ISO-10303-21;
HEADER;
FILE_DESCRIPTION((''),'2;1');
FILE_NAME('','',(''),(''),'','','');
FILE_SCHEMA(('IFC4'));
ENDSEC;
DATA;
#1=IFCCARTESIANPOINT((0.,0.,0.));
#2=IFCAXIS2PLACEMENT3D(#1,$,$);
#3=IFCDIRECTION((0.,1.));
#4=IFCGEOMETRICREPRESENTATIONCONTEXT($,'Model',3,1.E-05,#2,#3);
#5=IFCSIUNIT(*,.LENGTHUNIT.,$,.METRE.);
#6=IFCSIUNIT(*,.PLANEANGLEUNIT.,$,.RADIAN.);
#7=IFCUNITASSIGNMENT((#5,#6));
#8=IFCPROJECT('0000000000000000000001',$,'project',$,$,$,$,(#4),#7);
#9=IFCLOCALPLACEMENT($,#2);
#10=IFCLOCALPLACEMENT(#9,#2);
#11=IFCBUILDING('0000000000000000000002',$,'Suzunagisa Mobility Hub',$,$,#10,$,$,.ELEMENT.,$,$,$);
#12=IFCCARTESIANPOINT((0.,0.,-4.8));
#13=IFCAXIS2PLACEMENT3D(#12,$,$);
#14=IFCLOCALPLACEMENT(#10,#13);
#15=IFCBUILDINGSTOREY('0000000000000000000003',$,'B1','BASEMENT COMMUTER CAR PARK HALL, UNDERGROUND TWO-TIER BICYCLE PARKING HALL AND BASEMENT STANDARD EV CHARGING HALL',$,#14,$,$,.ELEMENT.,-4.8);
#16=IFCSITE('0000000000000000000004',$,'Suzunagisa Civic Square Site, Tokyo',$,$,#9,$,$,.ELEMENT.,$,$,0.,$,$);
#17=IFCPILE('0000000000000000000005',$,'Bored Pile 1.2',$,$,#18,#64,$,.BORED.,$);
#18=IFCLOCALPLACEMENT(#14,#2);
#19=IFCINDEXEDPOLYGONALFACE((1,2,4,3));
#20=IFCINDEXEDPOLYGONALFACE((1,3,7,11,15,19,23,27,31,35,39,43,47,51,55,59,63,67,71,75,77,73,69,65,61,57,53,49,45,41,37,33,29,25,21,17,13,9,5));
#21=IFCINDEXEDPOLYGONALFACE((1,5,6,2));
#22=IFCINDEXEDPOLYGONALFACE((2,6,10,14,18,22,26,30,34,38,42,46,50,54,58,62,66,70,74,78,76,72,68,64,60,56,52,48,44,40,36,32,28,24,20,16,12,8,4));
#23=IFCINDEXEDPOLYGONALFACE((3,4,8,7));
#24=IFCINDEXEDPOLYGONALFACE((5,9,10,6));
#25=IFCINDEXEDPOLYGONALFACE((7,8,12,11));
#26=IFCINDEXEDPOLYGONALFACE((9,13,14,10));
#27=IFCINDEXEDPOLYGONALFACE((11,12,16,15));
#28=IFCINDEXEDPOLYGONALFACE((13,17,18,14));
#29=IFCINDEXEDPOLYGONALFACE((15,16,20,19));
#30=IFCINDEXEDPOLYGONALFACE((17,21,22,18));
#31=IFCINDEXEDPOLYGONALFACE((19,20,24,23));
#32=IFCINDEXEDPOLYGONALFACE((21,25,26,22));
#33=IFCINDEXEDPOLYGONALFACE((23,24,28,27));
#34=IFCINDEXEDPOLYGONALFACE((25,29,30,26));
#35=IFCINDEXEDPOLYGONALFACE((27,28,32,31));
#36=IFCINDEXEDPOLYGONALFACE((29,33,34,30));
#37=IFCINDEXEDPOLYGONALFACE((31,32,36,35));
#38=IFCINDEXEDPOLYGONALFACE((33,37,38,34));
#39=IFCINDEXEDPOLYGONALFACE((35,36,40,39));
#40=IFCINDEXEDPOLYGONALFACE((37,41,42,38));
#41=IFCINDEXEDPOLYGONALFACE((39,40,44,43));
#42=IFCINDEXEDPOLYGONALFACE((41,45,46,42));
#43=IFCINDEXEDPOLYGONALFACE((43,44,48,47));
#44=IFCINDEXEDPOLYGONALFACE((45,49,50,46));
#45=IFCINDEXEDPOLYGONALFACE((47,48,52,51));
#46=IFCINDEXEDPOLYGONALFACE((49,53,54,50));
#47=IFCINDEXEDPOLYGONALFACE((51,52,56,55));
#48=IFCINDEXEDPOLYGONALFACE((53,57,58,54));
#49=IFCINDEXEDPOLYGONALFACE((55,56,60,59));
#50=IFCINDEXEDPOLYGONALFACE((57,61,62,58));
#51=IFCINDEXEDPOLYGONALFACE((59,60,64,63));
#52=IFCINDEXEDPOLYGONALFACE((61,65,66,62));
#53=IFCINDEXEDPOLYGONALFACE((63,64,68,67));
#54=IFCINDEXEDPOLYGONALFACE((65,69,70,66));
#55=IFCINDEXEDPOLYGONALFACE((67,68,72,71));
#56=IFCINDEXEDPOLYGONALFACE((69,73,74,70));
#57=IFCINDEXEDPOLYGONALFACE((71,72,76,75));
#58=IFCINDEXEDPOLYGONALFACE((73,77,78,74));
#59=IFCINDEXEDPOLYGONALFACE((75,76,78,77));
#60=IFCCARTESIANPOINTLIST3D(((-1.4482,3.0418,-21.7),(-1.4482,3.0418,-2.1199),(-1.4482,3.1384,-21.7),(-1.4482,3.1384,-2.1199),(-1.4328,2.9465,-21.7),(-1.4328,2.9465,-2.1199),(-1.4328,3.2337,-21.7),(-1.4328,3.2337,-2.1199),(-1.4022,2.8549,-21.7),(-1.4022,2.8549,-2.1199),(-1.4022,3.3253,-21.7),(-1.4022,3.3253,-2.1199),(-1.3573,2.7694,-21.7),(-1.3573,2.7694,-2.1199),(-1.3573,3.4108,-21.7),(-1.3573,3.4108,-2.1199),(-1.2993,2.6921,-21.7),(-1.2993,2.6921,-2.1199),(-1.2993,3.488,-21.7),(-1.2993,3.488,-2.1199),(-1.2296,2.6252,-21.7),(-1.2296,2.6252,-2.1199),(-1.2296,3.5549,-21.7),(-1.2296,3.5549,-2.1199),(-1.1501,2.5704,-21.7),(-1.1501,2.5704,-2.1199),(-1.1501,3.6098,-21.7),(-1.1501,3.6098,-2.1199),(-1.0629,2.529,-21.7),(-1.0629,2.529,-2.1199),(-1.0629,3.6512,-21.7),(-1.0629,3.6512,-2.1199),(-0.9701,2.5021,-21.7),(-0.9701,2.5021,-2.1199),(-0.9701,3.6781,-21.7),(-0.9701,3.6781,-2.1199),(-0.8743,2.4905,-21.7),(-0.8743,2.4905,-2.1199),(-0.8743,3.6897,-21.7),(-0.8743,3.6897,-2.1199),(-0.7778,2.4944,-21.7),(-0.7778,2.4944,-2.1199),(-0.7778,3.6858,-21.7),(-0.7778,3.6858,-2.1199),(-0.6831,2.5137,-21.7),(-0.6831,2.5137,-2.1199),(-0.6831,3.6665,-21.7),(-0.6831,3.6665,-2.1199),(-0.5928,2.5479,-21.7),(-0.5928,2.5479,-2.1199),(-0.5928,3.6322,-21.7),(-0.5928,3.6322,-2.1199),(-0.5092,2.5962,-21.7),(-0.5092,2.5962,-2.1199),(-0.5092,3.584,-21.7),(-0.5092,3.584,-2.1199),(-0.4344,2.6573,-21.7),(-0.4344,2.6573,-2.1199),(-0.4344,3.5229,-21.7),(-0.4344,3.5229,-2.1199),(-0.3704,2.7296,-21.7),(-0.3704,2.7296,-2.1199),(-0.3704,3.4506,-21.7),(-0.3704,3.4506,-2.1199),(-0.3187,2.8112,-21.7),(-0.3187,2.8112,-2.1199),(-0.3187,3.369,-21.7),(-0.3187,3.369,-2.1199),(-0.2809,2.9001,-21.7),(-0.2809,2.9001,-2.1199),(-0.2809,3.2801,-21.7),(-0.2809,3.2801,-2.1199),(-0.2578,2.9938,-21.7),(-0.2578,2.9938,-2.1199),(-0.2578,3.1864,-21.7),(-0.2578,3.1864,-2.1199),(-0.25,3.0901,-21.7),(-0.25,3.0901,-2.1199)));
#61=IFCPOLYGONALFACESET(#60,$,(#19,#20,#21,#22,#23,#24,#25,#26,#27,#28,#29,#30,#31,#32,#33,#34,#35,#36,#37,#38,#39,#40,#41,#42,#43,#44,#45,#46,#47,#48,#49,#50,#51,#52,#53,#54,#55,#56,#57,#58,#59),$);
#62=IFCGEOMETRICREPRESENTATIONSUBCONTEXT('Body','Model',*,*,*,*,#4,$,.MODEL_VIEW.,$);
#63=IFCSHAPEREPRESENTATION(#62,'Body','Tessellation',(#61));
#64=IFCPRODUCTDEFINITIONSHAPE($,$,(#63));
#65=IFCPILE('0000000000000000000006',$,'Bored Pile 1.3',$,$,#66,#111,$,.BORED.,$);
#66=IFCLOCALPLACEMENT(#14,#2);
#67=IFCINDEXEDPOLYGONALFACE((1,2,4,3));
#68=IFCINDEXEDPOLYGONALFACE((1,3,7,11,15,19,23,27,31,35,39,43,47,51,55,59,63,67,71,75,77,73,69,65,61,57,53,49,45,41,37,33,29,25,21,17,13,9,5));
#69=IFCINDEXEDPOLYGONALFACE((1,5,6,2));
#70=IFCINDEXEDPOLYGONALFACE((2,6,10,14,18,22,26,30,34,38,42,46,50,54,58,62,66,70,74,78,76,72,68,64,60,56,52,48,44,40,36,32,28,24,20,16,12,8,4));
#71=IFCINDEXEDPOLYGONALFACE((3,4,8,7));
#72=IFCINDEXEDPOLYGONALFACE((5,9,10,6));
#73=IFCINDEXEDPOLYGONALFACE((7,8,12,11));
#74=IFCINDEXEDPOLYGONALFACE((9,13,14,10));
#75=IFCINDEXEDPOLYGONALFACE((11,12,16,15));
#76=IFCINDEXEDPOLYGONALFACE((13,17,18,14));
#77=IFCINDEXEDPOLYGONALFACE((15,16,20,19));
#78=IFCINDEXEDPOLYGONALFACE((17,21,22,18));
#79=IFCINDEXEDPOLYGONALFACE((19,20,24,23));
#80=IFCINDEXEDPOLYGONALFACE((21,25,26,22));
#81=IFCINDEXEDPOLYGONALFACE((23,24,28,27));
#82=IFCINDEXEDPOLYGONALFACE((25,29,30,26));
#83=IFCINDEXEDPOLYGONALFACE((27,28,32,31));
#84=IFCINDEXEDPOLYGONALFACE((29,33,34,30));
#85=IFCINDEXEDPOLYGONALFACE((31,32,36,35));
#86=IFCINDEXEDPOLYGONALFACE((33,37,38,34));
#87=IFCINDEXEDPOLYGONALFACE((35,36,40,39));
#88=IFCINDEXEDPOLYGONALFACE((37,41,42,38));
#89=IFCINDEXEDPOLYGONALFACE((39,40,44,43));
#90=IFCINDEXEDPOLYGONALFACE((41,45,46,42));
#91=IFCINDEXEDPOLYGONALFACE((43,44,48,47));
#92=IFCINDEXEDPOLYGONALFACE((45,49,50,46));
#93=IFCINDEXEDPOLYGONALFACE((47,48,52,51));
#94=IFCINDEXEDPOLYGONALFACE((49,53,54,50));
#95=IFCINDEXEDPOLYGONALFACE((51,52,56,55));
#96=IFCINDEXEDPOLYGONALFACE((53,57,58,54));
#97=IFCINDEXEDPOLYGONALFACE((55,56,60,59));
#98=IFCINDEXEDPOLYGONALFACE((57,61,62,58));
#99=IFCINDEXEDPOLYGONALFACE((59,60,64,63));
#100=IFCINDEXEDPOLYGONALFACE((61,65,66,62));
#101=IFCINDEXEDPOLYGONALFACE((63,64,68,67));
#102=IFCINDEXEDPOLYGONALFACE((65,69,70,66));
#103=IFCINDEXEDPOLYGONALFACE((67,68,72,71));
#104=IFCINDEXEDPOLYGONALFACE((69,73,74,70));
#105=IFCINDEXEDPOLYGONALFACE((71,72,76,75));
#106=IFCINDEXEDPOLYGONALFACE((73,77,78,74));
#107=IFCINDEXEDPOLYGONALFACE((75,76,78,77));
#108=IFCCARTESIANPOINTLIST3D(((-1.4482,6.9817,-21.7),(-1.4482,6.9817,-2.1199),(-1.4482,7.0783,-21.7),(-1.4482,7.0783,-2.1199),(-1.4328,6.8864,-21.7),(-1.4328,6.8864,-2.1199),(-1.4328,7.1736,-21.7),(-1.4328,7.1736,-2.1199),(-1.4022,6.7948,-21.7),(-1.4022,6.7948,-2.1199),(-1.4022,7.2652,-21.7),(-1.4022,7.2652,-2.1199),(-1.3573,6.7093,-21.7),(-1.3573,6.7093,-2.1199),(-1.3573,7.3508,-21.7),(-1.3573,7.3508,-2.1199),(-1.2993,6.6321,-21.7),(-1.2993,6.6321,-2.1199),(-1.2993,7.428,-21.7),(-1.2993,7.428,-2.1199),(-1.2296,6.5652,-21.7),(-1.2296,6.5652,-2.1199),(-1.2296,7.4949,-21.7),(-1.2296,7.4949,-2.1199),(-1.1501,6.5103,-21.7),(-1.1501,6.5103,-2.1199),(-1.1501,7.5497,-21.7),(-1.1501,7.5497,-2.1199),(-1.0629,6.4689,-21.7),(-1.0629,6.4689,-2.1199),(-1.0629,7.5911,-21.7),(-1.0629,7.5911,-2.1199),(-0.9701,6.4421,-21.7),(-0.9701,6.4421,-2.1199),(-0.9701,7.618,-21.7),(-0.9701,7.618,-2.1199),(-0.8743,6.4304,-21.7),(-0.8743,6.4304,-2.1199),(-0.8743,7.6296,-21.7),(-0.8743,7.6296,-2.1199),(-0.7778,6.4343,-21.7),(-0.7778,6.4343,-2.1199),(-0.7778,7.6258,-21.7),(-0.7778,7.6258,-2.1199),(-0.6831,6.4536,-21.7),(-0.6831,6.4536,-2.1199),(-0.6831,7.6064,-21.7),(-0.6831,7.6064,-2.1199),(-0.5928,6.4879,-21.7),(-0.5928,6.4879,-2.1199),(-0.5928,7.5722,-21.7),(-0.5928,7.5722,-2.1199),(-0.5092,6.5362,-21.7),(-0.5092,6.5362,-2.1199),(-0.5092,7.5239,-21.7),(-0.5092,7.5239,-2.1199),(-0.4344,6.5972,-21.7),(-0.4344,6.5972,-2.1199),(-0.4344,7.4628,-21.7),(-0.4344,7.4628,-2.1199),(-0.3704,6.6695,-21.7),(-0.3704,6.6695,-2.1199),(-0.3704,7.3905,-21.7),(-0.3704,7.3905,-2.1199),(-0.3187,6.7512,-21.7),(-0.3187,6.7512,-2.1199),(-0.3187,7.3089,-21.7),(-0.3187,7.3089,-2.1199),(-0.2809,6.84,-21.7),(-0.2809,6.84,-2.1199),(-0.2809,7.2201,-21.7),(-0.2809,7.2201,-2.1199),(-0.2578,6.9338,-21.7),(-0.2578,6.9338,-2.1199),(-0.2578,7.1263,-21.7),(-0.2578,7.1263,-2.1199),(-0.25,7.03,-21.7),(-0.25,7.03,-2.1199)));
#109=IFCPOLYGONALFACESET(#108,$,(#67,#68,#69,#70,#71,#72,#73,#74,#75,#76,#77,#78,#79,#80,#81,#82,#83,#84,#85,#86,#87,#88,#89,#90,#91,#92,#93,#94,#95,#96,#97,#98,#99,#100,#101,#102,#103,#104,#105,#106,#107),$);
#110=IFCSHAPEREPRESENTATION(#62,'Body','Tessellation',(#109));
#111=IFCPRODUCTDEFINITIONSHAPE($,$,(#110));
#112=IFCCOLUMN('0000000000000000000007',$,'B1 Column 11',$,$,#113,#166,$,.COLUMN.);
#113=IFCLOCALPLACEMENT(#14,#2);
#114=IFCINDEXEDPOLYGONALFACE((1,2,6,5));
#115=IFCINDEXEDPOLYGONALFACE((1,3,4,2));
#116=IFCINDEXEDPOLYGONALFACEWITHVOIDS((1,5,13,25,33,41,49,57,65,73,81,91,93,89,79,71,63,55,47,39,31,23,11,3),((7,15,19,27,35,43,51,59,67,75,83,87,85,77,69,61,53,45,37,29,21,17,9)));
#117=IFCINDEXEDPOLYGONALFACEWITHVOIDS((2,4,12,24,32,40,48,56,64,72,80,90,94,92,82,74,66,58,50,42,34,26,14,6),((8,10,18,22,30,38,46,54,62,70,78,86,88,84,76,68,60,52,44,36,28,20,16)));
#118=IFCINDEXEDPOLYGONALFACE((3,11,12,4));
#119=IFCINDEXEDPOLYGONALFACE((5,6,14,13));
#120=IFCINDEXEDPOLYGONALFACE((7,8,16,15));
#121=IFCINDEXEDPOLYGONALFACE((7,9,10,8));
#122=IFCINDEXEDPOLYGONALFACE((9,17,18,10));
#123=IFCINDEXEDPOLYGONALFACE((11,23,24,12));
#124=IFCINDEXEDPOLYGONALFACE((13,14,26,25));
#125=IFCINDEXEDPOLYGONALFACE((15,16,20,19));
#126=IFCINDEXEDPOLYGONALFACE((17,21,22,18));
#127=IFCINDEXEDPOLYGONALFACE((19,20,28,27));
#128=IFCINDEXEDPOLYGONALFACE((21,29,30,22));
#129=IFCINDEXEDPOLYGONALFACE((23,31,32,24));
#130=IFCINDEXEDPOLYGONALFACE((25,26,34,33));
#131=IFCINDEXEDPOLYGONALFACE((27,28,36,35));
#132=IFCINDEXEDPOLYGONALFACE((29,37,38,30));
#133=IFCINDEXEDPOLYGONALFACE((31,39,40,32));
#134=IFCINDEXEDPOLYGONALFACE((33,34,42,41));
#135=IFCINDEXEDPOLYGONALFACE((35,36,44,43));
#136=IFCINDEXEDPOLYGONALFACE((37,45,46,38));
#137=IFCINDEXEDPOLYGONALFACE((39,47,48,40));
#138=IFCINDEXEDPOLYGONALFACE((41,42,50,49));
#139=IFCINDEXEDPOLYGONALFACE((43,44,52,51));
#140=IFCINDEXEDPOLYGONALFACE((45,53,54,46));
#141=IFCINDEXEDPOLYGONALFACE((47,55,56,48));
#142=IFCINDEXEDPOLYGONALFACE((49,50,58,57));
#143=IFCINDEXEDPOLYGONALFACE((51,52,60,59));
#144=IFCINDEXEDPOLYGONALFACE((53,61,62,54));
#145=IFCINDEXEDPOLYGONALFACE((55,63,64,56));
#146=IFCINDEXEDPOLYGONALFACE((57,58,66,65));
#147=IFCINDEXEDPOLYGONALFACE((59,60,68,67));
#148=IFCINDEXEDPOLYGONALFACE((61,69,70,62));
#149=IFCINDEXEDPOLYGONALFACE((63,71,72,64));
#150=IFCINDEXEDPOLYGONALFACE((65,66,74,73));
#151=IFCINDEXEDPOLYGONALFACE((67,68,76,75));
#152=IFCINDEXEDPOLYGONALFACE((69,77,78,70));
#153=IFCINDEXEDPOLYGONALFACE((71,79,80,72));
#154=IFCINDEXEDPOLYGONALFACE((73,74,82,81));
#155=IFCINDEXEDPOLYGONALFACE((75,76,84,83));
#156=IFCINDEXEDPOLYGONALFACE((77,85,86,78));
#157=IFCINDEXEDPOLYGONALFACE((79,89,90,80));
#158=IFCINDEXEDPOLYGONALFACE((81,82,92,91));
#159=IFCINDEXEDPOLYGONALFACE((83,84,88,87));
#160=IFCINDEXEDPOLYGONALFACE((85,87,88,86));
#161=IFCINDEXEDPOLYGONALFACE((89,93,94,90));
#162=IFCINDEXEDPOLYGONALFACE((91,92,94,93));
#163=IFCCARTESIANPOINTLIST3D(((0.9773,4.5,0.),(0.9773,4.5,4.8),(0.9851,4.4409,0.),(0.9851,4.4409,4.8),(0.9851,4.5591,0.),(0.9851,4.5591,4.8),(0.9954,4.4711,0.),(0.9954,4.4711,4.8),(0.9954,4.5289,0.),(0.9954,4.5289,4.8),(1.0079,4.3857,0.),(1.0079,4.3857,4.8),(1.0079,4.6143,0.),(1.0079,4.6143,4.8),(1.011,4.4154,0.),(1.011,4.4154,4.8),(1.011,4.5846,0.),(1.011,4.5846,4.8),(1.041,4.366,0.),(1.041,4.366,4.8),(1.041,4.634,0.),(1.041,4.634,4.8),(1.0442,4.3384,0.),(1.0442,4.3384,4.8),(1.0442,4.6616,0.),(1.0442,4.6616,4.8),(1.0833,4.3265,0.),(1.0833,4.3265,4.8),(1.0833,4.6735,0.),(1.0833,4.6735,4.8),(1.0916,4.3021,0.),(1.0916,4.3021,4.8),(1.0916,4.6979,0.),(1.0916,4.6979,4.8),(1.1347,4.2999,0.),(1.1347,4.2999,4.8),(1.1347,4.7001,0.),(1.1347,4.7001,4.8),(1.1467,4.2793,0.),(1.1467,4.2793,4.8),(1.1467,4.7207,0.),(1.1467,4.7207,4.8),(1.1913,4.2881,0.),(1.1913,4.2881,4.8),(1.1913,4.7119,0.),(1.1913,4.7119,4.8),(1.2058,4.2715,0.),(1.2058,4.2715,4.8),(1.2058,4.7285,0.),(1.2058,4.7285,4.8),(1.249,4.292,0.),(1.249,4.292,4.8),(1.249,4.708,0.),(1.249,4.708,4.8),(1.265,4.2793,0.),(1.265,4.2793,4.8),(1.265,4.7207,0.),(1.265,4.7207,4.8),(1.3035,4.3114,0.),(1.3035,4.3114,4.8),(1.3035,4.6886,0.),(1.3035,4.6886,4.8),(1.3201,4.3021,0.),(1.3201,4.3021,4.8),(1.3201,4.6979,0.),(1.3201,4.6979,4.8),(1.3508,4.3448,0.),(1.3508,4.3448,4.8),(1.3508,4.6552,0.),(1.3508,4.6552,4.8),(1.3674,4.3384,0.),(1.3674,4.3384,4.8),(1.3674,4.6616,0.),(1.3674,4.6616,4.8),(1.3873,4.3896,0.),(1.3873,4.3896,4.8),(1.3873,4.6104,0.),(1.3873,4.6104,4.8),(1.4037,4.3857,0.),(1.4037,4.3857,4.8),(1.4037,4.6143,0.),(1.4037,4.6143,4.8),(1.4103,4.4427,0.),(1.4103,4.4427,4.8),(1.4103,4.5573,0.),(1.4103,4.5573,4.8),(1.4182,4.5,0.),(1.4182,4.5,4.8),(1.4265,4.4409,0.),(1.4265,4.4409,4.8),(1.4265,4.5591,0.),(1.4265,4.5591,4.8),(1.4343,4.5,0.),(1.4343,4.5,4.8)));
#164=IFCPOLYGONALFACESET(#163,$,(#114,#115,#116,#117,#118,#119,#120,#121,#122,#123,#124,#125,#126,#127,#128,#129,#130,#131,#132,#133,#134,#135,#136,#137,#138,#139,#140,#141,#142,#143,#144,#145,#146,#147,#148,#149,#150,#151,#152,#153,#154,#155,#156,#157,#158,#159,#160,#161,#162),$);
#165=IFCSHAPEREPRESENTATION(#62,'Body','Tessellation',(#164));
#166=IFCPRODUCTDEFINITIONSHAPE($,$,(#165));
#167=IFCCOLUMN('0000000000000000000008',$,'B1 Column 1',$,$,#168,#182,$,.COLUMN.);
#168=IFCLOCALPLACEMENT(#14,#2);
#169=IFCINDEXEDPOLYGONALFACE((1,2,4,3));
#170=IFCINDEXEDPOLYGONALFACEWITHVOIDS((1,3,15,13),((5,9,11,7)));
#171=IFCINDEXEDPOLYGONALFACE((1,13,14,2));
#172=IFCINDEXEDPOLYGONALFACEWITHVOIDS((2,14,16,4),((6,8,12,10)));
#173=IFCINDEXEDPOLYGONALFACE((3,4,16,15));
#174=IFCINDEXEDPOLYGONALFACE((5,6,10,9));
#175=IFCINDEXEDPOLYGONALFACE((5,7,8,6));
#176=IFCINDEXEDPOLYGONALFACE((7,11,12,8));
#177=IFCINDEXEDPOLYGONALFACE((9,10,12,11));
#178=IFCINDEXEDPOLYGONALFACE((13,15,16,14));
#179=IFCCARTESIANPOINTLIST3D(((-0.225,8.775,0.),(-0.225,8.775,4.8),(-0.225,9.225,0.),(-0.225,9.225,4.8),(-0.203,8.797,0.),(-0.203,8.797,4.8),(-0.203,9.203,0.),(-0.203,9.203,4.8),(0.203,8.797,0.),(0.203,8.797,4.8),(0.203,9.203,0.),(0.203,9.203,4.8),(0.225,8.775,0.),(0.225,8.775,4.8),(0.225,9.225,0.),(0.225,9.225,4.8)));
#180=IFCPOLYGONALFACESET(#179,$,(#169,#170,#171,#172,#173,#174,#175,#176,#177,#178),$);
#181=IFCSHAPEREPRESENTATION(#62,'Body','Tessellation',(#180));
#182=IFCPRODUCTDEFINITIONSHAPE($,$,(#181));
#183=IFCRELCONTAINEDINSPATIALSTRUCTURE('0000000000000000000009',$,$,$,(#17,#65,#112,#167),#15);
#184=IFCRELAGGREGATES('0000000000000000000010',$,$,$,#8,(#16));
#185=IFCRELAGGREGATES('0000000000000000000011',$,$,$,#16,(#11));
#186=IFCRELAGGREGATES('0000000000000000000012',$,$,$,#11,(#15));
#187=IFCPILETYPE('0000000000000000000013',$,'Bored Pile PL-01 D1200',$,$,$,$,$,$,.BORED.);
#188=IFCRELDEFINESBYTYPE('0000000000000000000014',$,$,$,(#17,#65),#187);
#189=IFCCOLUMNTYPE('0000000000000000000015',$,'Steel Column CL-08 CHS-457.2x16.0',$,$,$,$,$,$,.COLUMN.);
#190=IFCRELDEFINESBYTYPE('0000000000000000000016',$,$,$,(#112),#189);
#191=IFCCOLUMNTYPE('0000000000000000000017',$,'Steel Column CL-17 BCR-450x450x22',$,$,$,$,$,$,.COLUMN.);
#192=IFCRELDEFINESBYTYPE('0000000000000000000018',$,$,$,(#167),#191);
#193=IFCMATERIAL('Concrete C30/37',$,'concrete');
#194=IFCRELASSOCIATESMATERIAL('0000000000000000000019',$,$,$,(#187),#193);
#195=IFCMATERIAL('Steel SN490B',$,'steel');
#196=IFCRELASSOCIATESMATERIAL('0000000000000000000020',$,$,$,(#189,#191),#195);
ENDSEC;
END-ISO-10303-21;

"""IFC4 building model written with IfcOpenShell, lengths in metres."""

from ifc_helpers import new_model, si_unit, direction, frame, origin, origin_2d, place, context, subcontext, project, spatial, hollow_rectangle, circle, hollow_circle, extrude, material, material_profile, profile_set, type_object, element, save


model = new_model("IFC4")

# Units and contexts
model_context = context("Model", 3, precision=1e-05, world=origin(), true_north=direction((0.0, 1.0)))
body_context = subcontext(model_context, "Body", "Model", "MODEL_VIEW")
ifc_project = project(units=[si_unit("LENGTHUNIT", "METRE"), si_unit("PLANEANGLEUNIT", "RADIAN")], contexts=[model_context])

# Site, building, storey
site_placement = place(None, origin())
site = spatial("IfcSite", under=ifc_project, at=site_placement, Name="Suzunagisa Civic Square Site, Tokyo", CompositionType="ELEMENT", RefElevation=0.0)
building_placement = place(site_placement, origin())
building = spatial("IfcBuilding", under=site, at=building_placement, Name="Suzunagisa Mobility Hub", CompositionType="ELEMENT")
storey_placement = place(building_placement, frame((0.0, 0.0, -4.8)))
storey = spatial("IfcBuildingStorey", under=building, at=storey_placement, Name="B1", Description="BASEMENT COMMUTER CAR PARK HALL, UNDERGROUND TWO-TIER BICYCLE PARKING HALL AND BASEMENT STANDARD EV CHARGING HALL", CompositionType="ELEMENT", Elevation=-4.8)

# Piles
ifc_material_1 = material(Name="Concrete C30/37", Category="concrete")
ifc_material_profile_1 = material_profile(ifc_material_1, circle(Radius=0.6001, at=origin_2d()), Name="BORED PILE D1200")
ifc_profile_set_1 = profile_set([ifc_material_profile_1], Name="Concrete C30/37")
pile_type = type_object("IfcPileType", Name="Bored Pile PL-01 D1200", PredefinedType="BORED", material=ifc_profile_set_1)
for number, where, z_axis, x_axis, name in (
    (1, (-0.8501, 3.0901, -2.1199), (0.0, 0.0, -1.0), (1.0, 0.0, 0.0), "Bored Pile 1.2"),
    (2, (-0.8501, 7.03, -2.1199), (0.0, 0.0, -1.0), (1.0, 0.0, 0.0), "Bored Pile 1.3"),
):
    element("IfcPile", number, at=place(storey_placement, frame(where, z_axis=z_axis, x_axis=x_axis)), inside=storey, type_object=pile_type, Name=name, PredefinedType="BORED", context=body_context, shape_type="SweptSolid", body=[
        extrude(circle(Radius=0.6001, at=origin_2d()), origin(), (0.0, 0.0, 1.0), 19.5801),
    ])

# Columns
ifc_material_2 = material(Name="Steel SN490B", Category="steel")
ifc_material_profile_2 = material_profile(ifc_material_2, hollow_circle(Radius=0.2285, WallThickness=0.0161, at=origin_2d()), Name="CHS-457.2x16.0")
ifc_profile_set_2 = profile_set([ifc_material_profile_2], Name="Steel SN490B")
column_type_1 = type_object("IfcColumnType", Name="Steel Column CL-08 CHS-457.2x16.0", PredefinedType="COLUMN", material=ifc_profile_set_2)
column_1_placement = place(storey_placement, frame((1.2058, 4.5, 0.0), z_axis=(0.0, 0.0, 1.0), x_axis=(1.0, 0.0, 0.0)))
element("IfcColumn", 3, at=column_1_placement, inside=storey, type_object=column_type_1, Name="B1 Column 11", PredefinedType="COLUMN", context=body_context, shape_type="SweptSolid", body=[
    extrude(hollow_circle(Radius=0.2285, WallThickness=0.0161, at=origin_2d()), origin(), (0.0, 0.0, 1.0), 4.8),
])
ifc_material_profile_3 = material_profile(ifc_material_2, hollow_rectangle(XDim=0.45, YDim=0.45, WallThickness=0.022, at=origin_2d()), Name="BCR-450x450x22")
ifc_profile_set_3 = profile_set([ifc_material_profile_3], Name="Steel SN490B")
column_type_2 = type_object("IfcColumnType", Name="Steel Column CL-17 BCR-450x450x22", PredefinedType="COLUMN", material=ifc_profile_set_3)
column_2_placement = place(storey_placement, frame((0.0, 9.0, 0.0), z_axis=(0.0, 0.0, 1.0), x_axis=(1.0, 0.0, 0.0)))
element("IfcColumn", 4, at=column_2_placement, inside=storey, type_object=column_type_2, Name="B1 Column 1", PredefinedType="COLUMN", context=body_context, shape_type="SweptSolid", body=[
    extrude(hollow_rectangle(XDim=0.45, YDim=0.45, WallThickness=0.022, at=origin_2d()), origin(), (0.0, 0.0, 1.0), 4.8),
])

save(model, "model.ifc")
